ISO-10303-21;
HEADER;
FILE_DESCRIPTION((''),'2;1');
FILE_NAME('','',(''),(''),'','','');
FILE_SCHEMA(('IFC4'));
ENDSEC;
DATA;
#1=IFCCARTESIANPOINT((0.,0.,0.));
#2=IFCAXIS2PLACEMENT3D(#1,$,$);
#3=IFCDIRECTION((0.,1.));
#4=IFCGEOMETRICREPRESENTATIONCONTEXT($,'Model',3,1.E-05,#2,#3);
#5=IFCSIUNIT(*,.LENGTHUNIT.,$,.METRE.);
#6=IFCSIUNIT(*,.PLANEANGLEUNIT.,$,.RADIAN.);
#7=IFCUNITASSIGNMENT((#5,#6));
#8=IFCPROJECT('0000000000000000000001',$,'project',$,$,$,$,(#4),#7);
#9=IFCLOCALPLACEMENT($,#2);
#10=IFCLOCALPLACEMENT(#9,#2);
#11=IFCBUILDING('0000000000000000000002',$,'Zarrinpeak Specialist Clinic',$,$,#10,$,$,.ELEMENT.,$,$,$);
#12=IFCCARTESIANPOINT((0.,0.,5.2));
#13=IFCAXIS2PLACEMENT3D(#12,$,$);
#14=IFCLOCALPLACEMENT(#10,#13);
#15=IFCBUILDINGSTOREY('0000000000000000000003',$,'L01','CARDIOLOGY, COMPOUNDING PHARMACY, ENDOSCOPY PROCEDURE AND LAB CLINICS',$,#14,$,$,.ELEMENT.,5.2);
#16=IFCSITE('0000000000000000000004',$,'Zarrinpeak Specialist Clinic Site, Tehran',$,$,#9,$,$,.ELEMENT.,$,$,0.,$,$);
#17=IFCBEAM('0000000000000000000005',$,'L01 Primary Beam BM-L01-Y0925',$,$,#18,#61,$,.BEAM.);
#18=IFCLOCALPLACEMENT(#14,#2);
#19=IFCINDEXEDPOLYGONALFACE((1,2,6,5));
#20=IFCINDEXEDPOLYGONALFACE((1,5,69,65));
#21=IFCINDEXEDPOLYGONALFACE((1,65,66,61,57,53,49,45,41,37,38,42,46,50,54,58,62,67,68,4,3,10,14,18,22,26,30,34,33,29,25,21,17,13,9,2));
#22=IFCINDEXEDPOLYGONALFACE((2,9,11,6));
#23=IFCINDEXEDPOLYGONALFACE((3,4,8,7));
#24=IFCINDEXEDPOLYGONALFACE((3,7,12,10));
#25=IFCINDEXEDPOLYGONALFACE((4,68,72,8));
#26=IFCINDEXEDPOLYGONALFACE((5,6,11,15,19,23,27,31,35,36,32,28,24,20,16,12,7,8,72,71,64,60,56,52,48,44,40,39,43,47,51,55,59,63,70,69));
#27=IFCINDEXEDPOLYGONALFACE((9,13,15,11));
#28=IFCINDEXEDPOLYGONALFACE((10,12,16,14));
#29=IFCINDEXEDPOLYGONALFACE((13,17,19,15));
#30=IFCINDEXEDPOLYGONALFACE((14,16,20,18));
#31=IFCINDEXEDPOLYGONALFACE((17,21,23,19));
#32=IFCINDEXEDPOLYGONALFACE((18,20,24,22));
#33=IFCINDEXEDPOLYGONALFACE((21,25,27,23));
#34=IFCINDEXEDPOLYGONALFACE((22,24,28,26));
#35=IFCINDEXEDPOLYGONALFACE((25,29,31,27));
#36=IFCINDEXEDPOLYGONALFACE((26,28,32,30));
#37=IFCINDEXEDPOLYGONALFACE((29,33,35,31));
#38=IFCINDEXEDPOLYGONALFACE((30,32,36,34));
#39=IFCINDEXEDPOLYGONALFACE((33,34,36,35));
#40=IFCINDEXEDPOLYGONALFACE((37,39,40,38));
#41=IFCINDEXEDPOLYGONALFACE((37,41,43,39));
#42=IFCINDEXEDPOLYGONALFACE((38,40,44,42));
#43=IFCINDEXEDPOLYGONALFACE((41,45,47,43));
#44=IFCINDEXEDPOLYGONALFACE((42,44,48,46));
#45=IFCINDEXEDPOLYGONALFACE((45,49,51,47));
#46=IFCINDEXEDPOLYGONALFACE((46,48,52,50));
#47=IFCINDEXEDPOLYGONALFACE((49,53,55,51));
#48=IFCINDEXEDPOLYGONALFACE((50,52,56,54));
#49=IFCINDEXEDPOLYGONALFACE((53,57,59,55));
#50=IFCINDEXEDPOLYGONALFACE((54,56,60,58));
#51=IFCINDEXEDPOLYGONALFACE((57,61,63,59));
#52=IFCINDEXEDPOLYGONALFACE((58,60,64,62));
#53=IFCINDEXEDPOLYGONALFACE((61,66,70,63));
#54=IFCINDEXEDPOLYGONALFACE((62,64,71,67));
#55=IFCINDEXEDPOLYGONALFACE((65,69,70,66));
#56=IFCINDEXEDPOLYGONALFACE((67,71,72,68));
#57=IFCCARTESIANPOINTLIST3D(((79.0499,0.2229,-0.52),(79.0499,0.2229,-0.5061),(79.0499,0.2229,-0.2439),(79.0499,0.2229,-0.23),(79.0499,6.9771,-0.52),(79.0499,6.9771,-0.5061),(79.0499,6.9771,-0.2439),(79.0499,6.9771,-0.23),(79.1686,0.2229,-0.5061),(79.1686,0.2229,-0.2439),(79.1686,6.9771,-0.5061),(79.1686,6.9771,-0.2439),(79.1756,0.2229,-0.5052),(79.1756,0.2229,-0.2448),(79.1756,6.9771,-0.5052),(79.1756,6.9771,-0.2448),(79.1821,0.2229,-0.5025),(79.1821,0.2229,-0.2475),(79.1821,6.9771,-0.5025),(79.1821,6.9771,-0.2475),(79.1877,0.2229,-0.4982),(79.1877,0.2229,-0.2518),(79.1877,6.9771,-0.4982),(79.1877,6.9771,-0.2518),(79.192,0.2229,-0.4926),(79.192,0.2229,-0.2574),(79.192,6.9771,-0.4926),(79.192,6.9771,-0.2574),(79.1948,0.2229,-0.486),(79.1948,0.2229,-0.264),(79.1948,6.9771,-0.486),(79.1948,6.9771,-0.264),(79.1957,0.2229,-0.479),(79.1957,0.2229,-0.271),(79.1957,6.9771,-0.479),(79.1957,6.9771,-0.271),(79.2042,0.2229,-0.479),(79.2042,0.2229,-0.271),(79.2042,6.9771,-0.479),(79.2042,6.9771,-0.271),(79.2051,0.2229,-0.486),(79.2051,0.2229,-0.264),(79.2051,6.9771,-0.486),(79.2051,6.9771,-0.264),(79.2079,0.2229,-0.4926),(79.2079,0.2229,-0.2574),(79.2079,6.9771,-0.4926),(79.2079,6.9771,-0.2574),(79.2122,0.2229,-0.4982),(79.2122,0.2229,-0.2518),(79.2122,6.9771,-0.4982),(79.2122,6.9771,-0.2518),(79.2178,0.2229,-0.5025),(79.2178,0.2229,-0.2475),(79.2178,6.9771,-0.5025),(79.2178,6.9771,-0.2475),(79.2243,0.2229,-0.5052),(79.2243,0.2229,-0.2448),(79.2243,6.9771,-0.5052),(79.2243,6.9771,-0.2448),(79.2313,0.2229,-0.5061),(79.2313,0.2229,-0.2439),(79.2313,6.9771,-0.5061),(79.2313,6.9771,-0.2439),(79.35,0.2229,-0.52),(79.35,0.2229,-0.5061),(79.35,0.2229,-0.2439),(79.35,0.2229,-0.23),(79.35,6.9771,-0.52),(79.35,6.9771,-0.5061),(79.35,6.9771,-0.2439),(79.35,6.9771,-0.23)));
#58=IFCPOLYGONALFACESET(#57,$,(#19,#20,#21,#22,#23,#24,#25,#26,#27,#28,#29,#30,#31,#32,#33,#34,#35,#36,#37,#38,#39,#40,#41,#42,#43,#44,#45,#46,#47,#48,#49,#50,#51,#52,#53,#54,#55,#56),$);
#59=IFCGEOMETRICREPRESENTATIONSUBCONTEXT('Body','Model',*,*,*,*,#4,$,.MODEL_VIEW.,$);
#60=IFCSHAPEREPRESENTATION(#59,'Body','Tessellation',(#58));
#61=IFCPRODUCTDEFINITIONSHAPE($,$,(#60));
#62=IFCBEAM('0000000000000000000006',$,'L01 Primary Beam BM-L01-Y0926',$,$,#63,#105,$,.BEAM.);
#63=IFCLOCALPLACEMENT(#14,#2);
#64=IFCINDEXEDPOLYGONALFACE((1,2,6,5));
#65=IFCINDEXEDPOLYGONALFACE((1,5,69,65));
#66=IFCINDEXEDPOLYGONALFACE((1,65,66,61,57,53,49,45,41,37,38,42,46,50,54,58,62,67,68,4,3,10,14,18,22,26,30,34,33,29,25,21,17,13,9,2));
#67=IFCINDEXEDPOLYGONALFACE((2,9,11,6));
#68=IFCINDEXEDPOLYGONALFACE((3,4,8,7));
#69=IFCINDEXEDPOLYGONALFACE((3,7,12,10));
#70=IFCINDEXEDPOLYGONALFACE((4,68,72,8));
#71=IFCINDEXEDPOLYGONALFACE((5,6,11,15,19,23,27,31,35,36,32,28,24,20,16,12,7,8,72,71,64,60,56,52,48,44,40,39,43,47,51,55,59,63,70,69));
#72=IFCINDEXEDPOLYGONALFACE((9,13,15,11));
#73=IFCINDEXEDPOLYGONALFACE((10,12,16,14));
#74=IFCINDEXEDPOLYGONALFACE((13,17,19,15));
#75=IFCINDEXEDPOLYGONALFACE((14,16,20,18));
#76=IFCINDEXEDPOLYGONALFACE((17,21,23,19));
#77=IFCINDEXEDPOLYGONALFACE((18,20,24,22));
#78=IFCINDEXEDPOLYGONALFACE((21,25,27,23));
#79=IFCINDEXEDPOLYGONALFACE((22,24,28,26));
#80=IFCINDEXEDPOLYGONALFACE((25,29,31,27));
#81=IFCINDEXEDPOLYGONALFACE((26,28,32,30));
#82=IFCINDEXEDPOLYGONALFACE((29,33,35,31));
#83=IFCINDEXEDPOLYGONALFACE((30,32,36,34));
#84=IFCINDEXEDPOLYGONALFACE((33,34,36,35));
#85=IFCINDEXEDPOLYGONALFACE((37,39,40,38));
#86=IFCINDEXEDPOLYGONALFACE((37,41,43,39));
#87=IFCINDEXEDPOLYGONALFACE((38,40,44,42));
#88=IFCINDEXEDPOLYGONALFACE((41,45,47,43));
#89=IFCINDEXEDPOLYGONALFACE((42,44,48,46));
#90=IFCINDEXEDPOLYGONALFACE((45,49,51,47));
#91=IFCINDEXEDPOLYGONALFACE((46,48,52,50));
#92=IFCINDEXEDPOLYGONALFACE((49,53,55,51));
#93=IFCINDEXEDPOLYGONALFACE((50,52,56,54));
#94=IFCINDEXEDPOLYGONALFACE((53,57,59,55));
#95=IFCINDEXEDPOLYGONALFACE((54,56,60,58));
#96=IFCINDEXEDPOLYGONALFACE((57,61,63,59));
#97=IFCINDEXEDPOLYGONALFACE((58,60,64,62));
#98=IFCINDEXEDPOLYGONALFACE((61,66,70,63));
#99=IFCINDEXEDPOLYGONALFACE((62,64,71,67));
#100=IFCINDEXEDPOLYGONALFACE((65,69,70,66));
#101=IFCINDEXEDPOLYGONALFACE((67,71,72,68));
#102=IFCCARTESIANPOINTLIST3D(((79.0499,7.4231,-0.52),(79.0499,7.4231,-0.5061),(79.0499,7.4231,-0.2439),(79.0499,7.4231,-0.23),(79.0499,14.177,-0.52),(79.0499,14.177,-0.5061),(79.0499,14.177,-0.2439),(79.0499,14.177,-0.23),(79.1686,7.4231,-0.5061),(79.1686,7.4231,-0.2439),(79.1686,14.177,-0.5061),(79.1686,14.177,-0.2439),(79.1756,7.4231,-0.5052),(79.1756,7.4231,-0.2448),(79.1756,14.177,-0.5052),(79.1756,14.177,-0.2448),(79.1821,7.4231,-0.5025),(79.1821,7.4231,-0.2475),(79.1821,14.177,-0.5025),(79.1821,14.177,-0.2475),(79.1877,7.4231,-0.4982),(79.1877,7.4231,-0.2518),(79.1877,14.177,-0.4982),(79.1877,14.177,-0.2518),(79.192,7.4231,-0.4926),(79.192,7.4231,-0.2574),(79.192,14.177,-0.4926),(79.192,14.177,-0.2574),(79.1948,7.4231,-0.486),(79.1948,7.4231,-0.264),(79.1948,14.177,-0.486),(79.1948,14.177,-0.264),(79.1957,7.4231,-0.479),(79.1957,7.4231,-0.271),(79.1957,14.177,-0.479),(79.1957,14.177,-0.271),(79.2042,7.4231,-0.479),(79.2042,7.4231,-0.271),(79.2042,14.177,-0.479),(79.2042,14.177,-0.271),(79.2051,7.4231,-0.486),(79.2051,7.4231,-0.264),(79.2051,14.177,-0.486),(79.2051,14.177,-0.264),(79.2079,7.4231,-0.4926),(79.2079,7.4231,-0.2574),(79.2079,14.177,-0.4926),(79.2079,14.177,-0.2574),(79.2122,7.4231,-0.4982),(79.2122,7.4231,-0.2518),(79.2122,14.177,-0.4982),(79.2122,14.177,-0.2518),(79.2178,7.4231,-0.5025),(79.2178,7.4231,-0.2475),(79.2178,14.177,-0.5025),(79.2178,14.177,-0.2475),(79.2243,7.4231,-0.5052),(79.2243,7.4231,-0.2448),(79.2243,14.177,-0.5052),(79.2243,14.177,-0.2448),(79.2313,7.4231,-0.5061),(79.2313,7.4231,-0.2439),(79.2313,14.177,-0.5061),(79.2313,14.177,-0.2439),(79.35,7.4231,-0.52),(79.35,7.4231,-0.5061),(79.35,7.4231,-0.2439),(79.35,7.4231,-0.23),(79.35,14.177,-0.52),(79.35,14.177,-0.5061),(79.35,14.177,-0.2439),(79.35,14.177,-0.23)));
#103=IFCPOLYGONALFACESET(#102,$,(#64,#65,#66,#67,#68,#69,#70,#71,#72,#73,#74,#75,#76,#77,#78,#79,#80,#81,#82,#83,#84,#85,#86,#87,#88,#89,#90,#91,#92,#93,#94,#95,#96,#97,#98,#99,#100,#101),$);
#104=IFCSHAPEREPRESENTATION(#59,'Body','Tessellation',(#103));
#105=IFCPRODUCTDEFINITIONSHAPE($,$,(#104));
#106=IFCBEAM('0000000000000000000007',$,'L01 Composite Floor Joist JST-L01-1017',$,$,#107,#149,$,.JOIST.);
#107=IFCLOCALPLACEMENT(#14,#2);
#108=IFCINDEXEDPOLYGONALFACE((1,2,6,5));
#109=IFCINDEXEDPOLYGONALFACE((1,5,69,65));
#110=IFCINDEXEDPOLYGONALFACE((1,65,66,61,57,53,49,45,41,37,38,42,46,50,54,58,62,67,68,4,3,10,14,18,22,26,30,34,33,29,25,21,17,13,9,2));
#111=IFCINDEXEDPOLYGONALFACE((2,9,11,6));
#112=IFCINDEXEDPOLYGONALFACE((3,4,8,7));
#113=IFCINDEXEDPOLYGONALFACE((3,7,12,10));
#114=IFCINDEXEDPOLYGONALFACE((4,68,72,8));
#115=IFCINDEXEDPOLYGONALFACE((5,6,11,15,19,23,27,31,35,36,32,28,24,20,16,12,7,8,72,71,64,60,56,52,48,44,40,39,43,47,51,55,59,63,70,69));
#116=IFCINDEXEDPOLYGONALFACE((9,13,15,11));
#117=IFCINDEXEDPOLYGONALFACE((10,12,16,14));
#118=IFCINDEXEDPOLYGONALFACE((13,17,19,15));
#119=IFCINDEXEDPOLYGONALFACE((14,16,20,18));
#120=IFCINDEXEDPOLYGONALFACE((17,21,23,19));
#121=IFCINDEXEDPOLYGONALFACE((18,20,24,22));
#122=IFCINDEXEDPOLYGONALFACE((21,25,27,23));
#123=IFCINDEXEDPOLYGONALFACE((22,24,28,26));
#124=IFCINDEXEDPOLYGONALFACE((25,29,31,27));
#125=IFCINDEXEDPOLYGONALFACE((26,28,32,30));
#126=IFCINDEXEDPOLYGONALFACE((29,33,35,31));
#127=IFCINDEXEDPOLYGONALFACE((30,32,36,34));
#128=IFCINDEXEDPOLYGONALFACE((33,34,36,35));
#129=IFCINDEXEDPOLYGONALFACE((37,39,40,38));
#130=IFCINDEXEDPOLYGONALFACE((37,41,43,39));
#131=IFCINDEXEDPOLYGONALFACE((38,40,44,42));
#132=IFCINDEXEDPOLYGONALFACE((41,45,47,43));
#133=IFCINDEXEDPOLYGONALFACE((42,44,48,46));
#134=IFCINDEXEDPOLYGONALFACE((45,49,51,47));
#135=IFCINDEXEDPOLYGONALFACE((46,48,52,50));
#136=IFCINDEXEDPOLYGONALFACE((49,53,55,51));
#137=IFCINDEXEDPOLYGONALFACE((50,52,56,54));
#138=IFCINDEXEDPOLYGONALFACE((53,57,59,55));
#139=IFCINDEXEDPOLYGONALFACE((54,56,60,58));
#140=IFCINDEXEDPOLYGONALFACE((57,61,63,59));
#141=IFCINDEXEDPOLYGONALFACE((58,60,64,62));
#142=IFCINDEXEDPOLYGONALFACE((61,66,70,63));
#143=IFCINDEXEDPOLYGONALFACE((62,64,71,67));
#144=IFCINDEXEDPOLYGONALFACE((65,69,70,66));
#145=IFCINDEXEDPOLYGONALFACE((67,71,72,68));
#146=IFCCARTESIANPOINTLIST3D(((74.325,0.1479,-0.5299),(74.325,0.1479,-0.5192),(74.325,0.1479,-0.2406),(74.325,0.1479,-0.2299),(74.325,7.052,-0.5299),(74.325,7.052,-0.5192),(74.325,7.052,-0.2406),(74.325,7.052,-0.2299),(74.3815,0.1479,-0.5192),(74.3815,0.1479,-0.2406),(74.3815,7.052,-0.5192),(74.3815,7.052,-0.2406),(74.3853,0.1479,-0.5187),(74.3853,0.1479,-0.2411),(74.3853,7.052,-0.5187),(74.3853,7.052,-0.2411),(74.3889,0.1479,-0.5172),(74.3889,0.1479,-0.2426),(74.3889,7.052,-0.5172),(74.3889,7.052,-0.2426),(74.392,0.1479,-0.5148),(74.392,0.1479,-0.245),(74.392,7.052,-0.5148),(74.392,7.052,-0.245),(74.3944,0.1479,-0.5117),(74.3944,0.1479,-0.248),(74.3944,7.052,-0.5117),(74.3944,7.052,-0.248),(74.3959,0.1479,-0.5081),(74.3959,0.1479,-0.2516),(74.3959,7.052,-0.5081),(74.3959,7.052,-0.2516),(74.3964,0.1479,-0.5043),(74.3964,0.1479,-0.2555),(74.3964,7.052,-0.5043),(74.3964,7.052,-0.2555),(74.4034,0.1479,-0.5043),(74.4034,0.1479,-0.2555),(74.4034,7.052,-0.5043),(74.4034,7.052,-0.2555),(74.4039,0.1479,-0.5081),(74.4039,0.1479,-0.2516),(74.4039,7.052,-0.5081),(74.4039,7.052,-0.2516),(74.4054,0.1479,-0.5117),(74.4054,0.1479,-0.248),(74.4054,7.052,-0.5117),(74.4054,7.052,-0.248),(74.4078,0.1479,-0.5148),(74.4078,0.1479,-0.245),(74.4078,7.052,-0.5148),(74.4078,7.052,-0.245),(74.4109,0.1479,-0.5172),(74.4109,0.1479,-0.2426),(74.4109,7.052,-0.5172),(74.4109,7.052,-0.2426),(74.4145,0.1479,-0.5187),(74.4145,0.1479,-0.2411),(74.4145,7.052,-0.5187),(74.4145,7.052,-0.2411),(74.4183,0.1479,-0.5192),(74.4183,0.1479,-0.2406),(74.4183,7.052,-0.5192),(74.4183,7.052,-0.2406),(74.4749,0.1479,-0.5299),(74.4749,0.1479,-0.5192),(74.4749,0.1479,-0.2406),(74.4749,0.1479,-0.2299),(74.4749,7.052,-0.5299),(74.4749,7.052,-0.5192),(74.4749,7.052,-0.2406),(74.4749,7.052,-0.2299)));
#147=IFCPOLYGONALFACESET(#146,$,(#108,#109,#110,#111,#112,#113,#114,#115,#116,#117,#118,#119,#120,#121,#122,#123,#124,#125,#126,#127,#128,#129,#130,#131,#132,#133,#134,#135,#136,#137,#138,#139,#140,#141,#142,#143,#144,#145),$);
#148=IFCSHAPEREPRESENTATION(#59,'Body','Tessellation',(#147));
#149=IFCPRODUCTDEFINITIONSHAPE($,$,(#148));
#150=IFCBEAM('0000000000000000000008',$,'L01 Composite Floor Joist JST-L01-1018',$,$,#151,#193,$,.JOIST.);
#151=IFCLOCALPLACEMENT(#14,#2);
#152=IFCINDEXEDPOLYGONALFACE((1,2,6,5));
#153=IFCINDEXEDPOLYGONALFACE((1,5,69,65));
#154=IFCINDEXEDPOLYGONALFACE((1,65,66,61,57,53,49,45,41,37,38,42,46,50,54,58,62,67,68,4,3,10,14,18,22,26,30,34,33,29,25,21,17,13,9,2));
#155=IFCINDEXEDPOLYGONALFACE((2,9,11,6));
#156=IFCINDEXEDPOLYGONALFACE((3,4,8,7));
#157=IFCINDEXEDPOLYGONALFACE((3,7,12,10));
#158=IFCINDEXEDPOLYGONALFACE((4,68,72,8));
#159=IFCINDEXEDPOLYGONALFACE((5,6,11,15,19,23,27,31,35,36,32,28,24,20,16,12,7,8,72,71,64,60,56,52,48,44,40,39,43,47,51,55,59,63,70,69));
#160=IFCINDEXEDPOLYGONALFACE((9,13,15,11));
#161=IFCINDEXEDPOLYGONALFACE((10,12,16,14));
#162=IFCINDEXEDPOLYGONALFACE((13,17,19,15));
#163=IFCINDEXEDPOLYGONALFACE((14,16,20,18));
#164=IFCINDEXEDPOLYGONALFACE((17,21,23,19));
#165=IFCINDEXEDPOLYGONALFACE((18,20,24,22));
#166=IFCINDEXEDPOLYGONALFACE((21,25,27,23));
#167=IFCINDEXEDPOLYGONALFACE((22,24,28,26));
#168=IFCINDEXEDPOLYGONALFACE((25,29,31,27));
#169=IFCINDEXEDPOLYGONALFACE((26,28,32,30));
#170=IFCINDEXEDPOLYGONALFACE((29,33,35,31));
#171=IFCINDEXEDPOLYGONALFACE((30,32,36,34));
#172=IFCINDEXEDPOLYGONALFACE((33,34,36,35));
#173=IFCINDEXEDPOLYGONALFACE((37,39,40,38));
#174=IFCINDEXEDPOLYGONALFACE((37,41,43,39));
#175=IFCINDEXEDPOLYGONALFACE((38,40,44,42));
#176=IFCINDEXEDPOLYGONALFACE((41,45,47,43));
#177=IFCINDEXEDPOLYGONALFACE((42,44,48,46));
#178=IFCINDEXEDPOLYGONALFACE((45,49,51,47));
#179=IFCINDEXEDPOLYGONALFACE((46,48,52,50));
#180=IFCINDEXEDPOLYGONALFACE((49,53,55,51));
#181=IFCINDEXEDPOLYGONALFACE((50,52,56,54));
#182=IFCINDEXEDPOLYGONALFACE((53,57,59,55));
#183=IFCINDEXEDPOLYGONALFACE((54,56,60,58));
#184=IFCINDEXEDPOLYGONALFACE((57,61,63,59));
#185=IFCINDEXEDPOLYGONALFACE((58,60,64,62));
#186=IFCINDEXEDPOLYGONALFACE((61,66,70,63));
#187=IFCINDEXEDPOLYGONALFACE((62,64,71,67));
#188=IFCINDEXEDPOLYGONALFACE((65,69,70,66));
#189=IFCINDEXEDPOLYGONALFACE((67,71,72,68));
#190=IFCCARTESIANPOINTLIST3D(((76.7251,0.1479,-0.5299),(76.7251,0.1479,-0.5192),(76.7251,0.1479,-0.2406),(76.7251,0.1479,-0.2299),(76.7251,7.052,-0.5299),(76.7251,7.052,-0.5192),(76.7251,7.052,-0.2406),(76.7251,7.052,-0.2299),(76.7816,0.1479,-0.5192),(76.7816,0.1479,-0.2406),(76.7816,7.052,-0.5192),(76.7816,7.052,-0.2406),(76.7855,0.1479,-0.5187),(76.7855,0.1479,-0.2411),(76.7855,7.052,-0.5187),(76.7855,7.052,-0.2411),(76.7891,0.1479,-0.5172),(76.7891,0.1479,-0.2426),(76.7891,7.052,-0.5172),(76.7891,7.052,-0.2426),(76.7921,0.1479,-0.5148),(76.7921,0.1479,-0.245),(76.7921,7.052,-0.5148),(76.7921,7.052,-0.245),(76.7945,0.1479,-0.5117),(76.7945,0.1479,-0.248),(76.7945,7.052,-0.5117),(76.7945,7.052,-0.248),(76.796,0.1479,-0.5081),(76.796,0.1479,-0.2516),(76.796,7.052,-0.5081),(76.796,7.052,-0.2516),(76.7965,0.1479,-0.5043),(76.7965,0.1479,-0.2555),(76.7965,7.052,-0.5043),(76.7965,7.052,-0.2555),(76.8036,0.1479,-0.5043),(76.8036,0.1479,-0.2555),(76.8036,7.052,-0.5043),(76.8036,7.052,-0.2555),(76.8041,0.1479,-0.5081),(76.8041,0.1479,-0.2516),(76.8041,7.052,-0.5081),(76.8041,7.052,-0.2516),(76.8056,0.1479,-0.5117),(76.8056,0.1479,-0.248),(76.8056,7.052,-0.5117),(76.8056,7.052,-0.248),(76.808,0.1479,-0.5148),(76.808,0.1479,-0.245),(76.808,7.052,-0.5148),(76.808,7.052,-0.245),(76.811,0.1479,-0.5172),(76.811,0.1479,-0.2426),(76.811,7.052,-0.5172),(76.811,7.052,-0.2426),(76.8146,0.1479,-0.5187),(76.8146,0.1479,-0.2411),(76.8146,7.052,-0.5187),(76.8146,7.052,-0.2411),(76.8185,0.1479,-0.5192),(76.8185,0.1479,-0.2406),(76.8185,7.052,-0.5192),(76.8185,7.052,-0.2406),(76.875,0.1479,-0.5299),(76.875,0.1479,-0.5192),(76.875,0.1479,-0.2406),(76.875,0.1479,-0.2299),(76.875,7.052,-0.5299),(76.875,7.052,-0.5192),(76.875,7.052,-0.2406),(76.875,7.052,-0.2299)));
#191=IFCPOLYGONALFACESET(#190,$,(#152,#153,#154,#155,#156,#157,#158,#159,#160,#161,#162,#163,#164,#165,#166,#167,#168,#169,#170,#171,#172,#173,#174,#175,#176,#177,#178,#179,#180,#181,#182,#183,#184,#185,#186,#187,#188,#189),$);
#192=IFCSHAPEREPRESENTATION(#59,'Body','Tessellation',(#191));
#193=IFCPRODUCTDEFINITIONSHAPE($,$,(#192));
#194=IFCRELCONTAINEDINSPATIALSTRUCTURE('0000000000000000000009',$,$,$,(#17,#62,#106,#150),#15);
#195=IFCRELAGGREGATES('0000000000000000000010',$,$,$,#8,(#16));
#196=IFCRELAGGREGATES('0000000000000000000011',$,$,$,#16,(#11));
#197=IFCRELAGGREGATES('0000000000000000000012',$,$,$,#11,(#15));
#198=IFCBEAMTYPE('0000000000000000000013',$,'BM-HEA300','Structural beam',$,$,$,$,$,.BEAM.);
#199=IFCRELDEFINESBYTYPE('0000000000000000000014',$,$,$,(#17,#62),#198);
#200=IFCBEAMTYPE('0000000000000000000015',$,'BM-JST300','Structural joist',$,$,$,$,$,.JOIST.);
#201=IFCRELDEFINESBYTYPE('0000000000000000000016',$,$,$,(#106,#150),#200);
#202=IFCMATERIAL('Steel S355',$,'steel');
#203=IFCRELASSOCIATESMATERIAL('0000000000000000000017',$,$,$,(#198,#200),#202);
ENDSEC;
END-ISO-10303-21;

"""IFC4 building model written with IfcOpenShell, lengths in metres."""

from ifc_helpers import new_model, si_unit, direction, frame, origin, origin_2d, place, context, subcontext, project, spatial, i_section, extrude, material, material_profile, profile_set, type_object, element, save


model = new_model("IFC4")

# Units and contexts
model_context = context("Model", 3, precision=1e-05, world=origin(), true_north=direction((0.0, 1.0)))
body_context = subcontext(model_context, "Body", "Model", "MODEL_VIEW")
ifc_project = project(units=[si_unit("LENGTHUNIT", "METRE"), si_unit("PLANEANGLEUNIT", "RADIAN")], contexts=[model_context])

# Site, building, storey
site_placement = place(None, origin())
site = spatial("IfcSite", under=ifc_project, at=site_placement, Name="Zarrinpeak Specialist Clinic Site, Tehran", CompositionType="ELEMENT", RefElevation=0.0)
building_placement = place(site_placement, origin())
building = spatial("IfcBuilding", under=site, at=building_placement, Name="Zarrinpeak Specialist Clinic", CompositionType="ELEMENT")
storey_placement = place(building_placement, frame((0.0, 0.0, 5.2)))
storey = spatial("IfcBuildingStorey", under=building, at=storey_placement, Name="L01", Description="CARDIOLOGY, COMPOUNDING PHARMACY, ENDOSCOPY PROCEDURE AND LAB CLINICS", CompositionType="ELEMENT", Elevation=5.2)

# Shared definitions
ifc_material_1 = material(Name="Steel S355", Category="steel")

# Beams
ifc_material_profile_1 = material_profile(ifc_material_1, i_section(OverallWidth=0.3, OverallDepth=0.29, WebThickness=0.0085, FlangeThickness=0.0139, FilletRadius=0.0271, at=origin_2d()), Name="HEA 300")
ifc_profile_set_1 = profile_set([ifc_material_profile_1], Name="Steel S355")
beam_type_1 = type_object("IfcBeamType", Name="BM-HEA300", Description="Structural beam", PredefinedType="BEAM", material=ifc_profile_set_1)
beam_1_placement = place(storey_placement, frame((79.2, 0.2229, -0.375), z_axis=(0.0, 1.0, 0.0), x_axis=(-1.0, 0.0, 0.0)))
element("IfcBeam", 1, at=beam_1_placement, inside=storey, type_object=beam_type_1, Name="L01 Primary Beam BM-L01-Y0925", PredefinedType="BEAM", context=body_context, shape_type="SweptSolid", body=[
    extrude(i_section(OverallWidth=0.3, OverallDepth=0.29, WebThickness=0.0085, FlangeThickness=0.0139, FilletRadius=0.0271, at=origin_2d()), origin(), (0.0, 0.0, 1.0), 6.7542),
])
beam_2_placement = place(storey_placement, frame((79.2, 7.4231, -0.375), z_axis=(0.0, 1.0, 0.0), x_axis=(-1.0, 0.0, 0.0)))
element("IfcBeam", 2, at=beam_2_placement, inside=storey, type_object=beam_type_1, Name="L01 Primary Beam BM-L01-Y0926", PredefinedType="BEAM", context=body_context, shape_type="SweptSolid", body=[
    extrude(i_section(OverallWidth=0.3, OverallDepth=0.29, WebThickness=0.0085, FlangeThickness=0.0139, FilletRadius=0.0271, at=origin_2d()), origin(), (0.0, 0.0, 1.0), 6.7539),
])
ifc_material_profile_2 = material_profile(ifc_material_1, i_section(OverallWidth=0.1499, OverallDepth=0.3, WebThickness=0.0071, FlangeThickness=0.0107, FilletRadius=0.0149, at=origin_2d()), Name="IPE 300")
ifc_profile_set_2 = profile_set([ifc_material_profile_2], Name="Steel S355")
beam_type_2 = type_object("IfcBeamType", Name="BM-JST300", Description="Structural joist", PredefinedType="JOIST", material=ifc_profile_set_2)
for number, where, z_axis, x_axis, name in (
    (3, (74.3999, 0.1479, -0.3799), (0.0, 1.0, 0.0), (-1.0, 0.0, 0.0), "L01 Composite Floor Joist JST-L01-1017"),
    (4, (76.8, 0.1479, -0.3799), (0.0, 1.0, 0.0), (-1.0, 0.0, 0.0), "L01 Composite Floor Joist JST-L01-1018"),
):
    element("IfcBeam", number, at=place(storey_placement, frame(where, z_axis=z_axis, x_axis=x_axis)), inside=storey, type_object=beam_type_2, Name=name, PredefinedType="JOIST", context=body_context, shape_type="SweptSolid", body=[
        extrude(i_section(OverallWidth=0.1499, OverallDepth=0.3, WebThickness=0.0071, FlangeThickness=0.0107, FilletRadius=0.0149, at=origin_2d()), origin(), (0.0, 0.0, 1.0), 6.9041),
    ])

save(model, "model.ifc")
